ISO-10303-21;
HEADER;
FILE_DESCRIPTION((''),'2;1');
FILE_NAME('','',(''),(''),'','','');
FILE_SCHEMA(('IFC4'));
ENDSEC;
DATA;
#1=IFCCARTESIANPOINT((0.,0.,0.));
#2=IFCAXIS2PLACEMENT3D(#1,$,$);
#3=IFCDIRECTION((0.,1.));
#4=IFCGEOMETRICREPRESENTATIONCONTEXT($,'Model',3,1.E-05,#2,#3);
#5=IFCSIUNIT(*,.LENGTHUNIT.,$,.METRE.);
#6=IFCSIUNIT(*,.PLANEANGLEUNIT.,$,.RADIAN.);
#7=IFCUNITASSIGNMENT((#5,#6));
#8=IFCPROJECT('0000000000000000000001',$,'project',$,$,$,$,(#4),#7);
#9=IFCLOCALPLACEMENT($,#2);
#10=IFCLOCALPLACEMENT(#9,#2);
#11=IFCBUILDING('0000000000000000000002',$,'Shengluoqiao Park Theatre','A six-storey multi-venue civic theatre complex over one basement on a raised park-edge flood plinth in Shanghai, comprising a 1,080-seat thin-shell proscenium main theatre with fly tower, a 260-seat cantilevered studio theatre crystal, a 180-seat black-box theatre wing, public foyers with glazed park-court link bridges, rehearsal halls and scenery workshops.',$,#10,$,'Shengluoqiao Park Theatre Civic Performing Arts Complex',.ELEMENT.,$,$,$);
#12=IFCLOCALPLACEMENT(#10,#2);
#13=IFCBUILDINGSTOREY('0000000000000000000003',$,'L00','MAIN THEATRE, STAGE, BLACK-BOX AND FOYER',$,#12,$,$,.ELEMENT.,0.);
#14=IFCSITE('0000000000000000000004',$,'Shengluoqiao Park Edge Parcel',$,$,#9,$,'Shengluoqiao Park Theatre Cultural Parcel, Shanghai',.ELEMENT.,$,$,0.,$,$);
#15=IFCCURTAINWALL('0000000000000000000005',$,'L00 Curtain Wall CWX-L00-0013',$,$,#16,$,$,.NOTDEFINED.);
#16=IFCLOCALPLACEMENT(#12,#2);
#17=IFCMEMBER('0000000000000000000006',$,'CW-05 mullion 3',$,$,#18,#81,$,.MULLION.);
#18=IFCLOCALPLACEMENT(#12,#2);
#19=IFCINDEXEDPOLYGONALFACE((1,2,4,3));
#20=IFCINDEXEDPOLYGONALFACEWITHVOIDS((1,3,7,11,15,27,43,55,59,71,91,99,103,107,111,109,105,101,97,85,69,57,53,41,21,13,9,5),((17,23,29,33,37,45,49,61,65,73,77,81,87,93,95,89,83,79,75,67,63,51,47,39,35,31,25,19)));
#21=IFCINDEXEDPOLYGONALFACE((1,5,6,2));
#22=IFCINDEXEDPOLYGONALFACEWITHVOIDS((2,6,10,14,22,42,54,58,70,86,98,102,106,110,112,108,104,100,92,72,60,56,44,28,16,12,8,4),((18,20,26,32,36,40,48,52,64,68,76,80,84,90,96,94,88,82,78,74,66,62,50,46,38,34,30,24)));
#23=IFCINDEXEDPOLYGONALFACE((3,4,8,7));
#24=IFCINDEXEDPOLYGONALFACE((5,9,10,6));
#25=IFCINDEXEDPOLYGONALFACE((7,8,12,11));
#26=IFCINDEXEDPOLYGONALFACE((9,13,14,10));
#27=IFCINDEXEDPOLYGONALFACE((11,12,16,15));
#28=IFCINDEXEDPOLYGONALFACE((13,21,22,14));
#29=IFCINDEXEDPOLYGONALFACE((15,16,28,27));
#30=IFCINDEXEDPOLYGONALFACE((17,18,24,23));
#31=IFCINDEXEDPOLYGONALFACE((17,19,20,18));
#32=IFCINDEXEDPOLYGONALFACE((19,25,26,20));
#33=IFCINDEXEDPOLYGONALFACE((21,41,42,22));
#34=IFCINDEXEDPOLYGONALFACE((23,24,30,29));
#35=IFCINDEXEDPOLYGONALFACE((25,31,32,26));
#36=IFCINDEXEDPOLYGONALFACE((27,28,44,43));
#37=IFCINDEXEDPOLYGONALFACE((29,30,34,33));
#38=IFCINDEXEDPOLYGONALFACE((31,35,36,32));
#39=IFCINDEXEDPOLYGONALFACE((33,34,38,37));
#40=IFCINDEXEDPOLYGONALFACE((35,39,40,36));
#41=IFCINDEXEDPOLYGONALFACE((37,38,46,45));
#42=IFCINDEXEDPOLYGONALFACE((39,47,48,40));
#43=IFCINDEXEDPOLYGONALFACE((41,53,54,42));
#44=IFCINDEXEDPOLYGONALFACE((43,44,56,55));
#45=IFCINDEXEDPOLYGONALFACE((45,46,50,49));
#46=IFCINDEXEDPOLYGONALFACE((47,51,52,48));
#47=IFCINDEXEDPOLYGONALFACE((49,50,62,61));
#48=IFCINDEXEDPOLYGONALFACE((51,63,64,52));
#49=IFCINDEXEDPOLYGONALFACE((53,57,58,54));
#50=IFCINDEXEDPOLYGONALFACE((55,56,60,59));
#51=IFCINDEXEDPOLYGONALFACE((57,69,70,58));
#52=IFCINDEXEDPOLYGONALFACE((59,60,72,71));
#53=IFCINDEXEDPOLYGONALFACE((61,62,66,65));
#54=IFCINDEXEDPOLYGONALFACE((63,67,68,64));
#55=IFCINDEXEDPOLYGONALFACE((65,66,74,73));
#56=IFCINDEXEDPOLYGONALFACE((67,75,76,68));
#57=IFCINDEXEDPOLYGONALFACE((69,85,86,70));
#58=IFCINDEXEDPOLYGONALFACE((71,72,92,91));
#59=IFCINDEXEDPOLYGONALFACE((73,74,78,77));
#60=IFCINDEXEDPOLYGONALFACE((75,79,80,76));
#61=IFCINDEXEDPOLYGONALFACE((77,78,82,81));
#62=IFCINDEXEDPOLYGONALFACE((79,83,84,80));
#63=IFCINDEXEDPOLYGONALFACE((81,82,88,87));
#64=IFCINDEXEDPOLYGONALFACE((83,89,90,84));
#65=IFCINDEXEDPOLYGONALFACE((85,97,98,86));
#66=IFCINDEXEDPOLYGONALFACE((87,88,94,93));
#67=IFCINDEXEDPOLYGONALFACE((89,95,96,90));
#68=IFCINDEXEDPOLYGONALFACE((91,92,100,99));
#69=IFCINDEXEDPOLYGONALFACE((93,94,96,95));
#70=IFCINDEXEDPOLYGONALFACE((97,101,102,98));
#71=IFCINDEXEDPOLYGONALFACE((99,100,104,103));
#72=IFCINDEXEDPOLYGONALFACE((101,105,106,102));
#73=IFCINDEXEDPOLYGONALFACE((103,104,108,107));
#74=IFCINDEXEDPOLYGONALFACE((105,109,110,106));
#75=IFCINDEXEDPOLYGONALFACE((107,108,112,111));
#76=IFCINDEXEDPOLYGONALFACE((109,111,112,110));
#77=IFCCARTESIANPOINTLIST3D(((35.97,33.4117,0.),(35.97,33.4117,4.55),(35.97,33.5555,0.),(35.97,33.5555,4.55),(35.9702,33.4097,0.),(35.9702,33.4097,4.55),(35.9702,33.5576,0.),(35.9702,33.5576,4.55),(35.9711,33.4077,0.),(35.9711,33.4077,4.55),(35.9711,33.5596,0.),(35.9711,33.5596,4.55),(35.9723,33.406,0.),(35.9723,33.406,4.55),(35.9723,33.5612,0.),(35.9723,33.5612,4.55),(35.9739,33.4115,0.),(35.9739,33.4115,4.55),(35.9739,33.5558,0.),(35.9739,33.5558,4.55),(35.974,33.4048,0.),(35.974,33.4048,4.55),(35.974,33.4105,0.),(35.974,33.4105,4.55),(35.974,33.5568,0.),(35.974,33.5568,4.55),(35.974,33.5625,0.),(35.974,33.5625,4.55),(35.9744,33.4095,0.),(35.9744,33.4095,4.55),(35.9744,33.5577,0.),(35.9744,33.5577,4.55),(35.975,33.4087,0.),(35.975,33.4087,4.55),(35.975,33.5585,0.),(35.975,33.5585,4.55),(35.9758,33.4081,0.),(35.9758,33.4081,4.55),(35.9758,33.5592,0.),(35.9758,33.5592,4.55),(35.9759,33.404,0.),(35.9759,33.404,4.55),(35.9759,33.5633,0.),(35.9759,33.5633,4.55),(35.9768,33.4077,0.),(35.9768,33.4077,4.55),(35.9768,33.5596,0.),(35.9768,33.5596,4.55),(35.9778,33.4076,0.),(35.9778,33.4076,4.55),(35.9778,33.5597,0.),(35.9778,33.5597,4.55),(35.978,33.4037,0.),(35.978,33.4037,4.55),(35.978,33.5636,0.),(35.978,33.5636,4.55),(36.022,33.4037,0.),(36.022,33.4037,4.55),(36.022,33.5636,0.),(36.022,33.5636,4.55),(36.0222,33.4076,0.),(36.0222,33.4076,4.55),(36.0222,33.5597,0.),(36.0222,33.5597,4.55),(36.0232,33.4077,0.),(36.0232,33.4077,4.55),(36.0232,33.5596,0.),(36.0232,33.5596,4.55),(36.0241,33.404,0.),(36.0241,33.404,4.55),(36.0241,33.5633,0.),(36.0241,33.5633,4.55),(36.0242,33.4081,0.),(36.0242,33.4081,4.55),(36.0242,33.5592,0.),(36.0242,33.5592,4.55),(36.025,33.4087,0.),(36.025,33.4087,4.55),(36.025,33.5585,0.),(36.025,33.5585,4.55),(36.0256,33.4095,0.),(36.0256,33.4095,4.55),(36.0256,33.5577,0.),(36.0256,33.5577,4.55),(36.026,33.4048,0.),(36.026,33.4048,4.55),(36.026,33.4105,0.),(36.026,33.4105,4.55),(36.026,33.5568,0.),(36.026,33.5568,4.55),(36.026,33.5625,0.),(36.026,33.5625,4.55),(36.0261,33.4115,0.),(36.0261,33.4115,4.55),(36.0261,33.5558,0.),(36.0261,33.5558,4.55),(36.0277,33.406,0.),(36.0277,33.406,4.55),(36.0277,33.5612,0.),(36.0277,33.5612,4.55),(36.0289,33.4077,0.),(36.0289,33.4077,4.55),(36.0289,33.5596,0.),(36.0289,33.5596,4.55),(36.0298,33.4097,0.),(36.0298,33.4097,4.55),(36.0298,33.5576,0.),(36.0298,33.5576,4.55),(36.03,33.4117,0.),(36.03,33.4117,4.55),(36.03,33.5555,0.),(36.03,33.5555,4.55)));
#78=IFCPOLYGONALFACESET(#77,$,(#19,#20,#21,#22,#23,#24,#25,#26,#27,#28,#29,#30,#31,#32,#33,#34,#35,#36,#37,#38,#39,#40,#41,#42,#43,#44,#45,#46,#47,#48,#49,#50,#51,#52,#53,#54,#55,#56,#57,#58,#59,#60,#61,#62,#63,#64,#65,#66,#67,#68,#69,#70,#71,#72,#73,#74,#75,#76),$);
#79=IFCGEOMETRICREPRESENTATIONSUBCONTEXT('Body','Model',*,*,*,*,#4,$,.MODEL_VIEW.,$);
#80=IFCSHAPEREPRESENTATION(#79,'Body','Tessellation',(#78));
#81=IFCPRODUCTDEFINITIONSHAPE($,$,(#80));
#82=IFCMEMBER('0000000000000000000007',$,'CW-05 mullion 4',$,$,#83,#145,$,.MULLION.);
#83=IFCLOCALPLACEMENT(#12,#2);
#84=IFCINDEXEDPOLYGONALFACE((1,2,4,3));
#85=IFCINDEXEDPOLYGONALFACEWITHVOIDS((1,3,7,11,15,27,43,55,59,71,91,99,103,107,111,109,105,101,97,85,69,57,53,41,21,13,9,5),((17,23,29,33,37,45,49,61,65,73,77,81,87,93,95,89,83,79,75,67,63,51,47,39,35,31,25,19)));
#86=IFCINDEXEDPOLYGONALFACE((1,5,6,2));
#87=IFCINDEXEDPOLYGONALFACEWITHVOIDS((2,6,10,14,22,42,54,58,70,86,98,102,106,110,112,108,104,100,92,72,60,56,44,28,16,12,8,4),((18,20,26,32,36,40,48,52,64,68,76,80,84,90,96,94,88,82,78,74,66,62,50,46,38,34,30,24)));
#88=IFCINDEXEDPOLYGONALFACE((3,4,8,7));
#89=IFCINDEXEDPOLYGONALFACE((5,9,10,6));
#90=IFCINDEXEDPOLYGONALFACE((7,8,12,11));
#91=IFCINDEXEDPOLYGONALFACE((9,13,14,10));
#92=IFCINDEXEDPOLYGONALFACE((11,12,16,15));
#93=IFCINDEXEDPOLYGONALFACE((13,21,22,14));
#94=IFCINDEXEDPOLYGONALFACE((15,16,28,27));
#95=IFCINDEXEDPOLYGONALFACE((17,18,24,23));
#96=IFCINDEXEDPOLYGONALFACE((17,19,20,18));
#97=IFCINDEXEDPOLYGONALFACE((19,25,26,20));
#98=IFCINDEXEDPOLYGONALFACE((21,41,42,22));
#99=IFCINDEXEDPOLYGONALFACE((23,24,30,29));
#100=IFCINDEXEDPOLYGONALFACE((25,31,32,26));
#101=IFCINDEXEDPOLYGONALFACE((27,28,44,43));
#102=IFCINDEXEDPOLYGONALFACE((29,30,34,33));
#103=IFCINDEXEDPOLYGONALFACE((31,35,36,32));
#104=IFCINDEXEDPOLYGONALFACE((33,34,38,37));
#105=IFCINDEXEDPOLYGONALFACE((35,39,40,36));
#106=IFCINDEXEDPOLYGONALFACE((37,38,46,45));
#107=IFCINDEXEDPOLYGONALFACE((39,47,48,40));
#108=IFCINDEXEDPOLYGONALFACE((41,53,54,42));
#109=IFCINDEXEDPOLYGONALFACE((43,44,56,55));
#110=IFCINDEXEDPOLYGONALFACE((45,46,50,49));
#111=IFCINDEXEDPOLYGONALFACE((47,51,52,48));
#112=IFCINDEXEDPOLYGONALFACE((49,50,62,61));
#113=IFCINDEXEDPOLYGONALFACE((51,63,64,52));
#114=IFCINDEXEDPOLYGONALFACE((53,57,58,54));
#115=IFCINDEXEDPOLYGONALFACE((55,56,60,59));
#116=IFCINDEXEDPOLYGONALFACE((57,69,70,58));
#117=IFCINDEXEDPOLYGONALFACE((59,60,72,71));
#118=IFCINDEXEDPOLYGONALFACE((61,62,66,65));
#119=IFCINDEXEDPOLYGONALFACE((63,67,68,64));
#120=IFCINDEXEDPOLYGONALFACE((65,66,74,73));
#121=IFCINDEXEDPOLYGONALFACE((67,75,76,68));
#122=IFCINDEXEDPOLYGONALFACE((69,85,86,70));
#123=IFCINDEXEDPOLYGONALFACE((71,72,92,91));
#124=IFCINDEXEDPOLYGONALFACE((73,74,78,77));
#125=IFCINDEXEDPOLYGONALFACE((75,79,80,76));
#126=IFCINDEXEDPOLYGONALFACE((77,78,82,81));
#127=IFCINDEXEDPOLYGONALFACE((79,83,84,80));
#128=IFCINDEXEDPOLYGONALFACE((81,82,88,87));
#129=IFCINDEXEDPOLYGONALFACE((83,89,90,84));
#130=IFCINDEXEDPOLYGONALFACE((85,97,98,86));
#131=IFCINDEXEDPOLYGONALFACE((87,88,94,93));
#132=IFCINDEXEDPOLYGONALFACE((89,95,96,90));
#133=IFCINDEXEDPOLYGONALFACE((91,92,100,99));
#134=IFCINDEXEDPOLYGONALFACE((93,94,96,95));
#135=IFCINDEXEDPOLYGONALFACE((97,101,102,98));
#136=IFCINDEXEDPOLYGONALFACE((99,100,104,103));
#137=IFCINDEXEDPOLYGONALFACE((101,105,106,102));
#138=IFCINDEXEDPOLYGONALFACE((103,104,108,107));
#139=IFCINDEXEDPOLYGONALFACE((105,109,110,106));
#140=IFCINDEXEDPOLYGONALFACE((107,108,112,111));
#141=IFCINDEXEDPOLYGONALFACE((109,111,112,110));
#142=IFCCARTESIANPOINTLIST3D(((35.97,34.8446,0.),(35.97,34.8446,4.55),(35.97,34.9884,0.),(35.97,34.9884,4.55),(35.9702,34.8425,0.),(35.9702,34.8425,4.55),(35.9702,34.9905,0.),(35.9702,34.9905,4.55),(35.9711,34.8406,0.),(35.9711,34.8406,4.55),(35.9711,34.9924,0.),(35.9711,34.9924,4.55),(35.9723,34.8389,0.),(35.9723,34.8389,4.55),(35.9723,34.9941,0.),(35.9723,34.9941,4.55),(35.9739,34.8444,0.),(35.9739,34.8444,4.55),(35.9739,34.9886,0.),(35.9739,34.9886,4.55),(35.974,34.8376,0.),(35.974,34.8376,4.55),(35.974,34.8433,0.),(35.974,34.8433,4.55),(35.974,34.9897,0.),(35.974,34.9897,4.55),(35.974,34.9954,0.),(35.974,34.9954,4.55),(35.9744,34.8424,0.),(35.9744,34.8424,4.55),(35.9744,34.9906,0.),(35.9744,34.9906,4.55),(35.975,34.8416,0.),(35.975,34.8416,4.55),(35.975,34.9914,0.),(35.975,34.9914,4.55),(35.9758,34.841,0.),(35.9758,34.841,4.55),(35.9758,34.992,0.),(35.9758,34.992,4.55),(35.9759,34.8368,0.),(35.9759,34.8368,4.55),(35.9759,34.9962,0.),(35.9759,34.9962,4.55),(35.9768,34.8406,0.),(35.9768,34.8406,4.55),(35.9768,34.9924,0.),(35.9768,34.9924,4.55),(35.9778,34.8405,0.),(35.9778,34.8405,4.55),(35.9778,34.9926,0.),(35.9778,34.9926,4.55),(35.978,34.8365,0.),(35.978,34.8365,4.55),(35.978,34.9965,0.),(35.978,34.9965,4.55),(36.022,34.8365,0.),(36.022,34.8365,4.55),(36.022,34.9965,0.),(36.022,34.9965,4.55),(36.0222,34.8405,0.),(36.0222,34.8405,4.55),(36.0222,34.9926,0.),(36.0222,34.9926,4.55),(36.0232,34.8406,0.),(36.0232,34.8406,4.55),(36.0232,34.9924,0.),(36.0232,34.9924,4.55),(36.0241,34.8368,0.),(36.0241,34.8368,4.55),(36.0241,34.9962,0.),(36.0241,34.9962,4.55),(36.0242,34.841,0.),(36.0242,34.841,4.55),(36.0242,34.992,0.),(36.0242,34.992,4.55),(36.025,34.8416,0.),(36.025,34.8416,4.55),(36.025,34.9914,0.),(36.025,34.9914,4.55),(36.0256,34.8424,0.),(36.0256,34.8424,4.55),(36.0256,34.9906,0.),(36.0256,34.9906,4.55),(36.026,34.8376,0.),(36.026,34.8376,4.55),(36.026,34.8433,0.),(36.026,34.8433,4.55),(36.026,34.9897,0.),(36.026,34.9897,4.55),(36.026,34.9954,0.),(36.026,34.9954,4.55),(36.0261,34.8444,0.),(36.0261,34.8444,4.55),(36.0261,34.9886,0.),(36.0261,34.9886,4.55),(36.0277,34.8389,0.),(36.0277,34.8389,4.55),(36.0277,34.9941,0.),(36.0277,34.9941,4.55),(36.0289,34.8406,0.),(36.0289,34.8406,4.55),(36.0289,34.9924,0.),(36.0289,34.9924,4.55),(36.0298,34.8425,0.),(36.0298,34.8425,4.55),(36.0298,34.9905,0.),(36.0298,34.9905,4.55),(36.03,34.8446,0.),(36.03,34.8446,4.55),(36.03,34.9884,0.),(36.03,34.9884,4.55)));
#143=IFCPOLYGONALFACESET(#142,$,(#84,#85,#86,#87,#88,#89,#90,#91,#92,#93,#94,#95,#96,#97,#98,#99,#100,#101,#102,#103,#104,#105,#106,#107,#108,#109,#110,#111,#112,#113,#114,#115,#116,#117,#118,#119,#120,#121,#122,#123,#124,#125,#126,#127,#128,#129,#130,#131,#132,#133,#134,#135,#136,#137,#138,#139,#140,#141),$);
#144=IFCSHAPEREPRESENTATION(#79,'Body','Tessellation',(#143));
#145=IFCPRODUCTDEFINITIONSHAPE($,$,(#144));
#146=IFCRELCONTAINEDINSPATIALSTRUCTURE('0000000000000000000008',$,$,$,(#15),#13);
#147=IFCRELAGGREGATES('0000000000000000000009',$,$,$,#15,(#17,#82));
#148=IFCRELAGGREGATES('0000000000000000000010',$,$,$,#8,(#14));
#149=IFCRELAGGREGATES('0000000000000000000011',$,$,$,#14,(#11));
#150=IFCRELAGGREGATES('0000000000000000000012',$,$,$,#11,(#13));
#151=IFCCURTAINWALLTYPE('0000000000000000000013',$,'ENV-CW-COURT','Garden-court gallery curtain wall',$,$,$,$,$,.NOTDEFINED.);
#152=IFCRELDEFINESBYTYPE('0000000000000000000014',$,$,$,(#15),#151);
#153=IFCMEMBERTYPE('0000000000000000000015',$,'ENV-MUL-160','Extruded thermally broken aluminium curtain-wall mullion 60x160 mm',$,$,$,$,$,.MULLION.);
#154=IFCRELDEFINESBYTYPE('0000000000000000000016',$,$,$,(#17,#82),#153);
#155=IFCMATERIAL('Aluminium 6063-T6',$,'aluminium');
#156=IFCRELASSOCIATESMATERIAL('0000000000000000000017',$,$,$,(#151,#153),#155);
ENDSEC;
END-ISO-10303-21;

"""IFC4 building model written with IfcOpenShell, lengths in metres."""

from ifc_helpers import new_model, si_unit, direction, frame, origin, origin_2d, place, context, subcontext, project, spatial, hollow_rectangle, extrude, material, material_profile, profile_set, type_object, element, aggregate, save


model = new_model("IFC4")

# Units and contexts
model_context = context("Model", 3, precision=1e-05, world=origin(), true_north=direction((0.0, 1.0)))
body_context = subcontext(model_context, "Body", "Model", "MODEL_VIEW")
ifc_project = project(units=[si_unit("LENGTHUNIT", "METRE"), si_unit("PLANEANGLEUNIT", "RADIAN")], contexts=[model_context])

# Site, building, storey
site_placement = place(None, origin())
site = spatial("IfcSite", under=ifc_project, at=site_placement, Name="Shengluoqiao Park Edge Parcel", LongName="Shengluoqiao Park Theatre Cultural Parcel, Shanghai", CompositionType="ELEMENT", RefElevation=0.0)
building_placement = place(site_placement, origin())
building = spatial("IfcBuilding", under=site, at=building_placement, Name="Shengluoqiao Park Theatre", Description="A six-storey multi-venue civic theatre complex over one basement on a raised park-edge flood plinth in Shanghai, comprising a 1,080-seat thin-shell proscenium main theatre with fly tower, a 260-seat cantilevered studio theatre crystal, a 180-seat black-box theatre wing, public foyers with glazed park-court link bridges, rehearsal halls and scenery workshops.", LongName="Shengluoqiao Park Theatre Civic Performing Arts Complex", CompositionType="ELEMENT")
storey_placement = place(building_placement, origin())
storey = spatial("IfcBuildingStorey", under=building, at=storey_placement, Name="L00", Description="MAIN THEATRE, STAGE, BLACK-BOX AND FOYER", CompositionType="ELEMENT", Elevation=0.0)

# Curtain wall, members
ifc_material_1 = material(Name="Aluminium 6063-T6", Category="aluminium")
curtain_wall_type = type_object("IfcCurtainWallType", Name="ENV-CW-COURT", Description="Garden-court gallery curtain wall", PredefinedType="NOTDEFINED", material=ifc_material_1)
curtain_wall_placement = place(storey_placement, origin())
curtain_wall = element("IfcCurtainWall", 1, at=curtain_wall_placement, inside=storey, type_object=curtain_wall_type, Name="L00 Curtain Wall CWX-L00-0013", PredefinedType="NOTDEFINED")
ifc_material_profile_1 = material_profile(ifc_material_1, hollow_rectangle(XDim=0.0601, YDim=0.1599, WallThickness=0.0039, InnerFilletRadius=0.0039, OuterFilletRadius=0.0081, at=origin_2d()), Name="ALU MULLION 160x60x4")
ifc_profile_set_1 = profile_set([ifc_material_profile_1], Name="Aluminium 6063-T6")
member_type_1 = type_object("IfcMemberType", Name="ENV-MUL-160", Description="Extruded thermally broken aluminium curtain-wall mullion 60x160 mm", PredefinedType="MULLION", material=ifc_profile_set_1)
member_1_placement = place(storey_placement, frame((36.0, 33.4836, 0.0), z_axis=(0.0, 0.0, 1.0), x_axis=(-1.0, 0.0, 0.0)))
member_1 = element("IfcMember", 2, at=member_1_placement, type_object=member_type_1, Name="CW-05 mullion 3", PredefinedType="MULLION", context=body_context, shape_type="SweptSolid", body=[
    extrude(hollow_rectangle(XDim=0.0601, YDim=0.1599, WallThickness=0.0039, InnerFilletRadius=0.0039, OuterFilletRadius=0.0081, at=origin_2d()), origin(), (0.0, 0.0, 1.0), 4.55),
])
member_2_placement = place(storey_placement, frame((36.0, 34.9165, 0.0), z_axis=(0.0, 0.0, 1.0), x_axis=(-1.0, 0.0, 0.0)))
member_2 = element("IfcMember", 3, at=member_2_placement, type_object=member_type_1, Name="CW-05 mullion 4", PredefinedType="MULLION", context=body_context, shape_type="SweptSolid", body=[
    extrude(hollow_rectangle(XDim=0.0601, YDim=0.1599, WallThickness=0.0039, InnerFilletRadius=0.0039, OuterFilletRadius=0.0081, at=origin_2d()), origin(), (0.0, 0.0, 1.0), 4.55),
])
aggregate(curtain_wall, [member_1, member_2])

save(model, "model.ifc")
